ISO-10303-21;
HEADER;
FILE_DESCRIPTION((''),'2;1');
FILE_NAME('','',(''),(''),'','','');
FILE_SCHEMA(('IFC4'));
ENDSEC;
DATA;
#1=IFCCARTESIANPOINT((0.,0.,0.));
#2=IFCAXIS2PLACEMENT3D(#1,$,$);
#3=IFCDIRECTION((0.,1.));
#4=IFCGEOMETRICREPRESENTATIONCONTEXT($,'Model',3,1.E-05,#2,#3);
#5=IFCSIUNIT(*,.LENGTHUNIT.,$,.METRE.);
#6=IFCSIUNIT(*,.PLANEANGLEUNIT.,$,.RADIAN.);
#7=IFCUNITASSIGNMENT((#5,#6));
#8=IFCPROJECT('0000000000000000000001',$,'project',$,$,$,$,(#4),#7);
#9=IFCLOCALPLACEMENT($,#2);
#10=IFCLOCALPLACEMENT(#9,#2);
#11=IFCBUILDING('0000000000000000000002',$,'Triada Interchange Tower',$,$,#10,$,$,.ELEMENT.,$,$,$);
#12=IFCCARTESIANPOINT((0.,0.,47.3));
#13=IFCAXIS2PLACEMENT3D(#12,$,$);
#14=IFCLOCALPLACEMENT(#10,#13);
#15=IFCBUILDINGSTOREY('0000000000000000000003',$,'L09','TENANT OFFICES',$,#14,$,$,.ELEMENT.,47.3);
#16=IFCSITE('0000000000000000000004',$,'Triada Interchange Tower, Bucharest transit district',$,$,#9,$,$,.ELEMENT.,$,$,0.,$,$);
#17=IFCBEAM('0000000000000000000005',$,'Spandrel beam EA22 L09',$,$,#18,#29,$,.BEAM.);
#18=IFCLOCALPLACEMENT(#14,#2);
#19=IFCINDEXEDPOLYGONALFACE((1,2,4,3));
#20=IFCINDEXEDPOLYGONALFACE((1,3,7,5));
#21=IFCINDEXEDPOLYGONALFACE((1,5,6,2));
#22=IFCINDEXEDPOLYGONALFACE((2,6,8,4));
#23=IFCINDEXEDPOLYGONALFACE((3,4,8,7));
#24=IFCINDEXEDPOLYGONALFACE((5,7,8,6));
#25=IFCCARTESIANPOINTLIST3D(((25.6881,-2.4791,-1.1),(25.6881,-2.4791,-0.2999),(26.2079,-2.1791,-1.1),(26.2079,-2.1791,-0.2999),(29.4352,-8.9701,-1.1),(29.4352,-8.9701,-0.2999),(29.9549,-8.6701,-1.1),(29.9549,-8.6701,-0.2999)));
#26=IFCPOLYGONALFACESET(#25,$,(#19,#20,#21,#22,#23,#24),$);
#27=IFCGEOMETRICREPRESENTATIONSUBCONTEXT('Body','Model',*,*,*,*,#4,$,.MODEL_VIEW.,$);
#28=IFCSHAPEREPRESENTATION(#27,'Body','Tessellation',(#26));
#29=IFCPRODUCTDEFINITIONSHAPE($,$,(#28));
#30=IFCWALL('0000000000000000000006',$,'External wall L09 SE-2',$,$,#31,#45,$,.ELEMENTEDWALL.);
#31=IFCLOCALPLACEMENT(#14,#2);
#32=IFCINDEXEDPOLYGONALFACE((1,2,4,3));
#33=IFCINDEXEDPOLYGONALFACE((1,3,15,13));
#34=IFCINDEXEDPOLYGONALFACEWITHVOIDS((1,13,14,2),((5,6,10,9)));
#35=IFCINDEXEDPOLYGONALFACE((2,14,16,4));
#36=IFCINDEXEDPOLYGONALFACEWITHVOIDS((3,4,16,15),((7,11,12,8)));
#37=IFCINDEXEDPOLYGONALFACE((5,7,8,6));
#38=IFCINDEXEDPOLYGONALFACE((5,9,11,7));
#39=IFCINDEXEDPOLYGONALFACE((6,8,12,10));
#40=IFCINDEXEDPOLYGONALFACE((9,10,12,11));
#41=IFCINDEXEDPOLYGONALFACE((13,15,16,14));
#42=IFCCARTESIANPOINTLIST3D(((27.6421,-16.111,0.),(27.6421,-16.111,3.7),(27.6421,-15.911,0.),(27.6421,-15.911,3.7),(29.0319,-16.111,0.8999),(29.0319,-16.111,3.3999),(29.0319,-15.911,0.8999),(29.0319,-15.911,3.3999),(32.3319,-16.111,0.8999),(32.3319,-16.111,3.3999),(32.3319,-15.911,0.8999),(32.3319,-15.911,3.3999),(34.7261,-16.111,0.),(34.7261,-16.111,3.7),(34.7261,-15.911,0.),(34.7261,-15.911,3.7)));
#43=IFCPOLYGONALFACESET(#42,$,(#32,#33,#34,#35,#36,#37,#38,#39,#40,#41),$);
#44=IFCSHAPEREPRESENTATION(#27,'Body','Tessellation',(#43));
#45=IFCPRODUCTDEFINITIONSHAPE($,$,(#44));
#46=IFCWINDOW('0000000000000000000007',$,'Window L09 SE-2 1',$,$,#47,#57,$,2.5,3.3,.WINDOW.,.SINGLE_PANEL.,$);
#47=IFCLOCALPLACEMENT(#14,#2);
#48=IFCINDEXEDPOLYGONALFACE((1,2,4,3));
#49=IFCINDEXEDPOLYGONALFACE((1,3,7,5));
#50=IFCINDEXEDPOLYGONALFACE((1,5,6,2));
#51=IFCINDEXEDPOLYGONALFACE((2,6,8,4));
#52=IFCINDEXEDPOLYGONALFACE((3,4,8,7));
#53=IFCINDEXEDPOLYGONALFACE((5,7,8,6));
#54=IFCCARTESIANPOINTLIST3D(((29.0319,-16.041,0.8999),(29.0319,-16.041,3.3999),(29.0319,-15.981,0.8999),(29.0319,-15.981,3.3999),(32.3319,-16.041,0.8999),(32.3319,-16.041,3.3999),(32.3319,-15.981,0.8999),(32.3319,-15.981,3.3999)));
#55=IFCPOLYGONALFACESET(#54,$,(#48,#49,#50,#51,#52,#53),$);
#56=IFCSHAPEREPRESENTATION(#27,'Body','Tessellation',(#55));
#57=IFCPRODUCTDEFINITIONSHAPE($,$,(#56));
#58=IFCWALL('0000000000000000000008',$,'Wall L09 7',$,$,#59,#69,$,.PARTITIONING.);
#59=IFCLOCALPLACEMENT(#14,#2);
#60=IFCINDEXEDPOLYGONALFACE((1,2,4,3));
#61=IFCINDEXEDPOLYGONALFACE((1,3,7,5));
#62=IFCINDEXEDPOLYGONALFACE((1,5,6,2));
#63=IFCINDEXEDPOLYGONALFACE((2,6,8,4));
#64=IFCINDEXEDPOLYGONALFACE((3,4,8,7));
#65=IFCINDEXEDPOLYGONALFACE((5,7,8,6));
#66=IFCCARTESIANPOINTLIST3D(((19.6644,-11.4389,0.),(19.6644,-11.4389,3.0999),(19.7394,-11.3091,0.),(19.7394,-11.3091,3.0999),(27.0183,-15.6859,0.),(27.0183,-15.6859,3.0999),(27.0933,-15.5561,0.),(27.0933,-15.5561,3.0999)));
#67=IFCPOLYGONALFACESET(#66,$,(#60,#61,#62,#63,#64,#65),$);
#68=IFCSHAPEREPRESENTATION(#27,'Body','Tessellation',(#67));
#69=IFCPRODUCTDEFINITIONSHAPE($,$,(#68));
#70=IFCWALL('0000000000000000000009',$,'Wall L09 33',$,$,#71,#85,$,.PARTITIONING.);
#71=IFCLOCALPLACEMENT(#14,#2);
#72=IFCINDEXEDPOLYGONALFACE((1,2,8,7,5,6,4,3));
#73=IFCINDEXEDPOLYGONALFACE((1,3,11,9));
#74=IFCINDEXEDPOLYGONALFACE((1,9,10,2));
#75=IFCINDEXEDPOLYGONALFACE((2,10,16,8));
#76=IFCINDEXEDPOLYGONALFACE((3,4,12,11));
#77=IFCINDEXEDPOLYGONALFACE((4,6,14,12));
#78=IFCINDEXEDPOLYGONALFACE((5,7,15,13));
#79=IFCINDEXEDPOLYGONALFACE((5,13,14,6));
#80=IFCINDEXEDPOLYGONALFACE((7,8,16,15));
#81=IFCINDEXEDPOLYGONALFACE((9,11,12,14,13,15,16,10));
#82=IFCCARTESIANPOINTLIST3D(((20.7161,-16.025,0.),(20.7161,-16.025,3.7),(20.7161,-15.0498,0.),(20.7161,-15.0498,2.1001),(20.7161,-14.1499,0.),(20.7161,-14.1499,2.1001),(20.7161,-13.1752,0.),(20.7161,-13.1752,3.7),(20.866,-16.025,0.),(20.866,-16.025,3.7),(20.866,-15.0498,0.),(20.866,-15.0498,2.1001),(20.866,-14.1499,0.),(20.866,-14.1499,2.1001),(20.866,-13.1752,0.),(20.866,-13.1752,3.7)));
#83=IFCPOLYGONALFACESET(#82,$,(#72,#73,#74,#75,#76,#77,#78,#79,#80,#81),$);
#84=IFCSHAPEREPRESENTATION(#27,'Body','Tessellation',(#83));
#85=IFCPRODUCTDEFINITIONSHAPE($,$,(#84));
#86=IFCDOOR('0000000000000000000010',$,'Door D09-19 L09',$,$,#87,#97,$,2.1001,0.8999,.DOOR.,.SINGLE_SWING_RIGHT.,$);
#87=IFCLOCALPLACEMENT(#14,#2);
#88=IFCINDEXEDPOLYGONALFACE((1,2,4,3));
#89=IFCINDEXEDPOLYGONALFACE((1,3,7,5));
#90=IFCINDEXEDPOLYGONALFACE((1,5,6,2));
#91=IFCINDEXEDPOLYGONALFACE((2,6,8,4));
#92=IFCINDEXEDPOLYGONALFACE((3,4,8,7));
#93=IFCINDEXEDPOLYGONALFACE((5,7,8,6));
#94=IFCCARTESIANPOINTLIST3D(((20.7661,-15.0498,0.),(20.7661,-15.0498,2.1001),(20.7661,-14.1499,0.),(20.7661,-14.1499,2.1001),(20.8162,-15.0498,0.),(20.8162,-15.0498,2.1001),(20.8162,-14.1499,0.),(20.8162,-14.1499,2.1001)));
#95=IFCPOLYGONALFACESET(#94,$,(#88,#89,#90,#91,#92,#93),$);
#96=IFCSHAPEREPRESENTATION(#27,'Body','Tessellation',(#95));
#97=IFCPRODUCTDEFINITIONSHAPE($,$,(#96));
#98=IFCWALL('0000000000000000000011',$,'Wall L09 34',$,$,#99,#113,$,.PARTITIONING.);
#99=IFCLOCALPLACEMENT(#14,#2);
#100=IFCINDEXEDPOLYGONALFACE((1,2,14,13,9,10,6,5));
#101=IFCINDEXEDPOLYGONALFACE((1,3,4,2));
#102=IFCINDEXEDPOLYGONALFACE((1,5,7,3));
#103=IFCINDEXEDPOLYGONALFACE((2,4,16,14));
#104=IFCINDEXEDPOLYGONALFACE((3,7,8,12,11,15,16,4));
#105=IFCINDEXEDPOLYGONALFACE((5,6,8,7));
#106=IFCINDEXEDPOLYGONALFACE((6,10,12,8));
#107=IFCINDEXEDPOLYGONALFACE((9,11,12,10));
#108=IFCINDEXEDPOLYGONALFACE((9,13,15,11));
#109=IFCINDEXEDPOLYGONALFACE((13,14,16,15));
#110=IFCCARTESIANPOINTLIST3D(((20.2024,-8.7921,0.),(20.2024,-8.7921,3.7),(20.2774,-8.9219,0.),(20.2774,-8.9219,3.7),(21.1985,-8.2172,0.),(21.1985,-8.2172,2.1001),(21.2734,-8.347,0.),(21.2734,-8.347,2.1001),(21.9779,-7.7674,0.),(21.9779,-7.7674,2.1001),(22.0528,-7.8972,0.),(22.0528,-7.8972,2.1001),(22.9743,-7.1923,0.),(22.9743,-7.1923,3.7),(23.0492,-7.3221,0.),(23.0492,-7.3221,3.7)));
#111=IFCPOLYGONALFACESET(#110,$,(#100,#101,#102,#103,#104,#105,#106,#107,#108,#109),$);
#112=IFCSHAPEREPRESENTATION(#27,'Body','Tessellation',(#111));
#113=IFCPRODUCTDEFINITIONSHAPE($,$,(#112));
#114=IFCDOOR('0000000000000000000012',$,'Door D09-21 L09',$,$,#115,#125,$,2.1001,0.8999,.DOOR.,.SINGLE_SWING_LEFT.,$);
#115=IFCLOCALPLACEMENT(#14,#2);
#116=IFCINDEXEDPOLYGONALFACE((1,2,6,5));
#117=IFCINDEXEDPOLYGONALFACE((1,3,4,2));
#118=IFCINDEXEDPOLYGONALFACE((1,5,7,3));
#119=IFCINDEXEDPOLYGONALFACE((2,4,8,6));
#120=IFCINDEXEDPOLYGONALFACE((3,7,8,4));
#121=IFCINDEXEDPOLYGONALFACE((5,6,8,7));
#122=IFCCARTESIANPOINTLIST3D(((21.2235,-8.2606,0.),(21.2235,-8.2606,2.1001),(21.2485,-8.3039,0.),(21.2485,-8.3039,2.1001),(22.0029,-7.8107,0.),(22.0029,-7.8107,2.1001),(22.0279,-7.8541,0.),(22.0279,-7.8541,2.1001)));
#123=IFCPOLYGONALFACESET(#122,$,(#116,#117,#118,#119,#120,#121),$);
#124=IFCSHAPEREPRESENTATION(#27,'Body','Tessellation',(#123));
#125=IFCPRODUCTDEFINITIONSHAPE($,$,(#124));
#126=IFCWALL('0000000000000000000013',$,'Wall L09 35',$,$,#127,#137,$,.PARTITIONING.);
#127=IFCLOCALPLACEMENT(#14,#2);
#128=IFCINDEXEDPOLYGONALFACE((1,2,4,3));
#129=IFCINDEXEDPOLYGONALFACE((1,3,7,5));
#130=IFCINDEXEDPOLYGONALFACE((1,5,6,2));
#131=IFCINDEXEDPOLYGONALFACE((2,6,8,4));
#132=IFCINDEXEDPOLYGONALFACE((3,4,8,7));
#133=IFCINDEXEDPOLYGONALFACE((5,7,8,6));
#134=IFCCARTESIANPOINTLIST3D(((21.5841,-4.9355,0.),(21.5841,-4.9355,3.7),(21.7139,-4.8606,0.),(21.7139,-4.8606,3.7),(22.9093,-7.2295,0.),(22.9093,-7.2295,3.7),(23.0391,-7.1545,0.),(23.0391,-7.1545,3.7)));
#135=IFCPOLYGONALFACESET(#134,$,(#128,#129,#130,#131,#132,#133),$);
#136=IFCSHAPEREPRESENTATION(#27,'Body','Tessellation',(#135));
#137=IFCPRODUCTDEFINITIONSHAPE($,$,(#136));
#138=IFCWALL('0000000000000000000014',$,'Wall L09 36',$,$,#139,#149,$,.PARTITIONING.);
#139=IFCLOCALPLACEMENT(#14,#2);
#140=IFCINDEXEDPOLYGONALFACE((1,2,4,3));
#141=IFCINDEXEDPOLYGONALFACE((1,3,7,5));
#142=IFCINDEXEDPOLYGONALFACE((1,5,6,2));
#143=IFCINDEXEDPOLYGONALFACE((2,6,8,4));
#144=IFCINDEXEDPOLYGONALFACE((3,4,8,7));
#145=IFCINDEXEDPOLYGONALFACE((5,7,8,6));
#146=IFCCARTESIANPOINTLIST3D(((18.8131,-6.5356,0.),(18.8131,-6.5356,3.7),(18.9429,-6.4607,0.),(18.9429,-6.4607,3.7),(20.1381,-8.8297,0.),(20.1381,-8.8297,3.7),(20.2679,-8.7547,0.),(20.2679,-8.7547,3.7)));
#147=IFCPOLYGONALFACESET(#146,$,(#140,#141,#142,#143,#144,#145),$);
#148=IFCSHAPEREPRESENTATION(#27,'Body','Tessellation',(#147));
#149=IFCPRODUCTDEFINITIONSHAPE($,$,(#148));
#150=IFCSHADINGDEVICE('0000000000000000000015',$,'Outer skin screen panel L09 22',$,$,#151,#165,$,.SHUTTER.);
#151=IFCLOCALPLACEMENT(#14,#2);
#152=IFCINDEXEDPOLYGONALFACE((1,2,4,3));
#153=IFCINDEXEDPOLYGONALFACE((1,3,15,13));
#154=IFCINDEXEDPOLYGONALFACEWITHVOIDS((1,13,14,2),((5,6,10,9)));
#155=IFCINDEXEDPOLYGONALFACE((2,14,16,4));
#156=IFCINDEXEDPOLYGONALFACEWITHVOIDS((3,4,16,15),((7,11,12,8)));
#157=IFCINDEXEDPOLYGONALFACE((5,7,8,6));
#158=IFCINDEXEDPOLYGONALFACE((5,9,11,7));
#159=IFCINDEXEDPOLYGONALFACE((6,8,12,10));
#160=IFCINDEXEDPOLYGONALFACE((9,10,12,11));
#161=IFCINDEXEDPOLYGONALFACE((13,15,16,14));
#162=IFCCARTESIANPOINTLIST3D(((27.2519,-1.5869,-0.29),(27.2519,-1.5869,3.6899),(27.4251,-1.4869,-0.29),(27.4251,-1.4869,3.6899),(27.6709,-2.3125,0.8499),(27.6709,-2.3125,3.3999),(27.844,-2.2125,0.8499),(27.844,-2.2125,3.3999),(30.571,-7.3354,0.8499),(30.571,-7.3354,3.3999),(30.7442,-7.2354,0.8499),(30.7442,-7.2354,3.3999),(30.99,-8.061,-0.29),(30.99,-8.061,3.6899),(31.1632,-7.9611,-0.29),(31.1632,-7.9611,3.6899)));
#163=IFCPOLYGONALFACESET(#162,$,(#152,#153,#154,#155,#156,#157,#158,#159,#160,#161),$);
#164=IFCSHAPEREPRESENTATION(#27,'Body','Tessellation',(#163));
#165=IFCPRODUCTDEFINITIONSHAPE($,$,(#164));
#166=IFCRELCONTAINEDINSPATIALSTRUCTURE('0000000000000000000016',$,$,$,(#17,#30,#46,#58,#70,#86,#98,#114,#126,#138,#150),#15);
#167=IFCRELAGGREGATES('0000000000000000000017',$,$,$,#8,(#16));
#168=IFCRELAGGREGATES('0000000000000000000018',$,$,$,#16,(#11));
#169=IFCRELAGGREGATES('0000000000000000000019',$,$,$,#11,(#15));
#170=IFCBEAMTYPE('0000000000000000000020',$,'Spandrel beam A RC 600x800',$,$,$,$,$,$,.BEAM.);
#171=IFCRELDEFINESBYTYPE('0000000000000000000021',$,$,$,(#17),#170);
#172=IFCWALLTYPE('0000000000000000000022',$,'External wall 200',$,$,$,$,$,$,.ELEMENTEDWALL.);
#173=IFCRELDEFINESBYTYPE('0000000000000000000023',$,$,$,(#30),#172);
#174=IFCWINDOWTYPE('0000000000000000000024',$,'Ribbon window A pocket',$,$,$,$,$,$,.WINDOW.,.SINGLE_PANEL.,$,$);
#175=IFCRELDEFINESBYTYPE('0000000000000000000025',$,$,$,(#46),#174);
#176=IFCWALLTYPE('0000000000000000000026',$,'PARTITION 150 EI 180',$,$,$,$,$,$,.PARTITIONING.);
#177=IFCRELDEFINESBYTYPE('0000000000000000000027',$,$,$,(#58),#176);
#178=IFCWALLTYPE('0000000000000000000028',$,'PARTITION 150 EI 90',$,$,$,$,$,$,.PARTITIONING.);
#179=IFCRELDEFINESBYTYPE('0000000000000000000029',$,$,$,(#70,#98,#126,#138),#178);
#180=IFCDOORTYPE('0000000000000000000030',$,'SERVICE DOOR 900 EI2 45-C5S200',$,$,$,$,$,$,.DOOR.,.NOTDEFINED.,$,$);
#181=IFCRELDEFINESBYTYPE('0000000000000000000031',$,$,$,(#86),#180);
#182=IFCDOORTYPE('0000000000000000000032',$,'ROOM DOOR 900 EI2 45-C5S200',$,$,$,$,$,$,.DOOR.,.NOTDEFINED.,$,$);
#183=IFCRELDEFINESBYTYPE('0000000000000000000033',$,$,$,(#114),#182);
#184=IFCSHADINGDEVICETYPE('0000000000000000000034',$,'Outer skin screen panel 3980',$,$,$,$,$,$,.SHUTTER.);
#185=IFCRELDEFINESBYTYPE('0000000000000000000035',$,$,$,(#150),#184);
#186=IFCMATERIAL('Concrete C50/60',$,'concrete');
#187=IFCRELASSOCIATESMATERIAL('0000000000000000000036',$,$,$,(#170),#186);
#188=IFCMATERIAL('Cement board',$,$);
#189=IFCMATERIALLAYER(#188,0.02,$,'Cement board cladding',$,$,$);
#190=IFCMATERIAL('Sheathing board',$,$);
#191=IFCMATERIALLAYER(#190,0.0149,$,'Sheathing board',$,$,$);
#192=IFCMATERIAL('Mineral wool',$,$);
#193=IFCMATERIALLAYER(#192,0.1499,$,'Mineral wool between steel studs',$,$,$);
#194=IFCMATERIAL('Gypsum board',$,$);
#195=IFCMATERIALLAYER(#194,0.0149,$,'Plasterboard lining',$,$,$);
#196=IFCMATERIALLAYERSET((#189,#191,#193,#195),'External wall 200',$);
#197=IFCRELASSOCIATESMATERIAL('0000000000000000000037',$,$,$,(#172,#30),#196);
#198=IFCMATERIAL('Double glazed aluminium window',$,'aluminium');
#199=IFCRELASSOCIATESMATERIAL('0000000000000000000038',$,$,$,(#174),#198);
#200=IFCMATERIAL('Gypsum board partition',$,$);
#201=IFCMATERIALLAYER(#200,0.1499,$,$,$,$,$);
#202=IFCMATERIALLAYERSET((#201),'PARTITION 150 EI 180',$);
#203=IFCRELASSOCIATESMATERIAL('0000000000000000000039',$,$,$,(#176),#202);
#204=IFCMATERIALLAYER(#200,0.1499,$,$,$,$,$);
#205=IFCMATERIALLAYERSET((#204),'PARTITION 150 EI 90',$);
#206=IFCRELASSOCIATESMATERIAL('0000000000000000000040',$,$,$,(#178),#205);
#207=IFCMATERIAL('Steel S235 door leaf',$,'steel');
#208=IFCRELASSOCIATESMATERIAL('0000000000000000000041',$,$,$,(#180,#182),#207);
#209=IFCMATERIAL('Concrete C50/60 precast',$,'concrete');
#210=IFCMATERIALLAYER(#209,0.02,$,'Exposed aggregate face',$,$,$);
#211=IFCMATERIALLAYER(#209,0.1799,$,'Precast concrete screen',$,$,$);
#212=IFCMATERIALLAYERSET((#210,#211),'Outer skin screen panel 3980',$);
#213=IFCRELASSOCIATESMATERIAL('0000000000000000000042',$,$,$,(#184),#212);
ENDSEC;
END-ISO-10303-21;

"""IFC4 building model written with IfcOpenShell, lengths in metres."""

from ifc_helpers import new_model, si_unit, direction, frame, frame_2d, origin, origin_2d, place, context, subcontext, project, spatial, polyline, rectangle, outline, extrude, material, layer, layer_set, layer_usage, material_profile, profile_set, type_object, element, fill, save


model = new_model("IFC4")

# Units and contexts
model_context = context("Model", 3, precision=1e-05, world=origin(), true_north=direction((0.0, 1.0)))
body_context = subcontext(model_context, "Body", "Model", "MODEL_VIEW")
ifc_project = project(units=[si_unit("LENGTHUNIT", "METRE"), si_unit("PLANEANGLEUNIT", "RADIAN")], contexts=[model_context])

# Site, building, storey
site_placement = place(None, origin())
site = spatial("IfcSite", under=ifc_project, at=site_placement, Name="Triada Interchange Tower, Bucharest transit district", CompositionType="ELEMENT", RefElevation=0.0)
building_placement = place(site_placement, origin())
building = spatial("IfcBuilding", under=site, at=building_placement, Name="Triada Interchange Tower", CompositionType="ELEMENT")
storey_placement = place(building_placement, frame((0.0, 0.0, 47.3)))
storey = spatial("IfcBuildingStorey", under=building, at=storey_placement, Name="L09", Description="TENANT OFFICES", CompositionType="ELEMENT", Elevation=47.3)

# Beam
ifc_material_1 = material(Name="Concrete C50/60", Category="concrete")
ifc_material_profile_1 = material_profile(ifc_material_1, rectangle(XDim=0.6001, YDim=0.8, at=origin_2d()), Name="RC 600x800")
ifc_profile_set_1 = profile_set([ifc_material_profile_1], Name="Concrete C50/60")
beam_type_1 = type_object("IfcBeamType", Name="Spandrel beam A RC 600x800", PredefinedType="BEAM", material=ifc_profile_set_1)
beam_1_placement = place(storey_placement, frame((29.6951, -8.8201, -0.7), z_axis=(-0.499951, 0.866054, 0.0), x_axis=(-0.866054, -0.499951, 0.0)))
element("IfcBeam", 1, at=beam_1_placement, inside=storey, type_object=beam_type_1, Name="Spandrel beam EA22 L09", PredefinedType="BEAM", context=body_context, shape_type="SweptSolid", body=[
    extrude(rectangle(XDim=0.6001, YDim=0.8, at=origin_2d()), origin(), (0.0, 0.0, 1.0), 7.4949),
])

# Wall, opening, window
ifc_material_2 = material(Name="Cement board")
ifc_layer_1 = layer(ifc_material_2, 0.02, Name="Cement board cladding")
ifc_material_3 = material(Name="Sheathing board")
ifc_layer_2 = layer(ifc_material_3, 0.0149, Name="Sheathing board")
ifc_material_4 = material(Name="Mineral wool")
ifc_layer_3 = layer(ifc_material_4, 0.1499, Name="Mineral wool between steel studs")
ifc_material_5 = material(Name="Gypsum board")
ifc_layer_4 = layer(ifc_material_5, 0.0149, Name="Plasterboard lining")
ifc_layer_set_1 = layer_set([ifc_layer_1, ifc_layer_2, ifc_layer_3, ifc_layer_4], Name="External wall 200")
ifc_layer_usage = layer_usage(ifc_layer_set_1, "AXIS2", "POSITIVE", -0.1001)
wall_type_1 = type_object("IfcWallType", Name="External wall 200", PredefinedType="ELEMENTEDWALL", material=ifc_layer_set_1)
wall_1_placement = place(storey_placement, frame((27.6421, -16.011, 0.0), z_axis=(0.0, 0.0, 1.0), x_axis=(1.0, 0.0, 0.0)))
wall_1 = element("IfcWall", 2, at=wall_1_placement, inside=storey, type_object=wall_type_1, material=ifc_layer_usage, Name="External wall L09 SE-2", PredefinedType="ELEMENTEDWALL", context=body_context, shape_type="SweptSolid", body=[
    extrude(rectangle(XDim=7.084, YDim=0.2, at=frame_2d((3.542, 0.0))), origin(), (0.0, 0.0, 1.0), 3.7),
])
opening_1_placement = place(wall_1_placement, frame((1.3899, 0.0, 0.8999)))
opening_1 = element("IfcOpeningElement", 3, at=opening_1_placement, cuts=wall_1, PredefinedType="OPENING", context=body_context, shape_type="SweptSolid", body=[
    extrude(rectangle(XDim=3.3, YDim=2.5, at=frame_2d((1.6499, 1.25))), frame((0.0, 0.1099, 0.0), z_axis=(0.0, -1.0, 0.0), x_axis=(1.0, 0.0, 0.0)), (0.0, 0.0, 1.0), 0.22),
])
ifc_material_6 = material(Name="Double glazed aluminium window", Category="aluminium")
window_type = type_object("IfcWindowType", Name="Ribbon window A pocket", PartitioningType="SINGLE_PANEL", PredefinedType="WINDOW", material=ifc_material_6)
window_placement = place(opening_1_placement, origin())
window = element("IfcWindow", 4, at=window_placement, inside=storey, type_object=window_type, Name="Window L09 SE-2 1", OverallHeight=2.5, OverallWidth=3.3, PartitioningType="SINGLE_PANEL", PredefinedType="WINDOW", context=body_context, shape_type="SweptSolid", body=[
    extrude(rectangle(XDim=3.3, YDim=2.5, at=frame_2d((1.6499, 1.25))), frame((0.0, 0.03, 0.0), z_axis=(0.0, -1.0, 0.0), x_axis=(1.0, 0.0, 0.0)), (0.0, 0.0, 1.0), 0.0601),
])
fill(opening_1, window)

# Wall
ifc_material_7 = material(Name="Gypsum board partition")
ifc_layer_5 = layer(ifc_material_7, 0.1499)
ifc_layer_set_2 = layer_set([ifc_layer_5], Name="PARTITION 150 EI 180")
wall_type_2 = type_object("IfcWallType", Name="PARTITION 150 EI 180", PredefinedType="PARTITIONING", material=ifc_layer_set_2)
wall_2_placement = place(storey_placement, frame((19.7019, -11.374, 0.0), z_axis=(0.0, 0.0, 1.0), x_axis=(0.865962, -0.500109, 0.0)))
element("IfcWall", 5, at=wall_2_placement, inside=storey, type_object=wall_type_2, Name="Wall L09 7", PredefinedType="PARTITIONING", context=body_context, shape_type="SweptSolid", body=[
    extrude(rectangle(XDim=8.4922, YDim=0.1499, at=frame_2d((4.2461, 0.0))), origin(), (0.0, 0.0, 1.0), 3.0999),
])

# Walls, openings, doors
ifc_layer_6 = layer(ifc_material_7, 0.1499)
ifc_layer_set_3 = layer_set([ifc_layer_6], Name="PARTITION 150 EI 90")
wall_type_3 = type_object("IfcWallType", Name="PARTITION 150 EI 90", PredefinedType="PARTITIONING", material=ifc_layer_set_3)
wall_3_placement = place(storey_placement, frame((20.791, -16.0249, 0.0), z_axis=(0.0, 0.0, 1.0), x_axis=(0.0, 1.0, 0.0)))
wall_3 = element("IfcWall", 6, at=wall_3_placement, inside=storey, type_object=wall_type_3, Name="Wall L09 33", PredefinedType="PARTITIONING", context=body_context, shape_type="SweptSolid", body=[
    extrude(rectangle(XDim=2.8499, YDim=0.1499, at=frame_2d((1.4248, 0.0))), origin(), (0.0, 0.0, 1.0), 3.7),
])
opening_2_placement = place(wall_3_placement, frame((0.9751, 0.0, 0.0)))
opening_2 = element("IfcOpeningElement", 7, at=opening_2_placement, cuts=wall_3, PredefinedType="OPENING", context=body_context, shape_type="SweptSolid", body=[
    extrude(rectangle(XDim=0.8999, YDim=2.1001, at=frame_2d((0.45, 1.05))), frame((0.0, 0.085, 0.0), z_axis=(0.0, -1.0, 0.0), x_axis=(1.0, 0.0, 0.0)), (0.0, 0.0, 1.0), 0.1699),
])
ifc_material_8 = material(Name="Steel S235 door leaf", Category="steel")
door_type_1 = type_object("IfcDoorType", Name="SERVICE DOOR 900 EI2 45-C5S200", OperationType="NOTDEFINED", PredefinedType="DOOR", material=ifc_material_8)
door_1_placement = place(opening_2_placement, origin())
door_1 = element("IfcDoor", 8, at=door_1_placement, inside=storey, type_object=door_type_1, Name="Door D09-19 L09", OperationType="SINGLE_SWING_RIGHT", OverallHeight=2.1001, OverallWidth=0.8999, PredefinedType="DOOR", context=body_context, shape_type="SweptSolid", body=[
    extrude(rectangle(XDim=0.8999, YDim=2.1001, at=frame_2d((0.45, 1.05))), frame((0.0, 0.0249, 0.0), z_axis=(0.0, -1.0, 0.0), x_axis=(1.0, 0.0, 0.0)), (0.0, 0.0, 1.0), 0.05),
])
fill(opening_2, door_1)
wall_4_placement = place(storey_placement, frame((20.24, -8.8569, 0.0), z_axis=(0.0, 0.0, 1.0), x_axis=(0.866099, 0.499872, 0.0)))
wall_4 = element("IfcWall", 9, at=wall_4_placement, inside=storey, type_object=wall_type_3, Name="Wall L09 34", PredefinedType="PARTITIONING", context=body_context, shape_type="SweptSolid", body=[
    extrude(rectangle(XDim=3.2004, YDim=0.1499, at=frame_2d((1.6001, 0.0))), origin(), (0.0, 0.0, 1.0), 3.7),
])
opening_3_placement = place(wall_4_placement, frame((1.1499, 0.0, 0.0)))
opening_3 = element("IfcOpeningElement", 10, at=opening_3_placement, cuts=wall_4, PredefinedType="OPENING", context=body_context, shape_type="SweptSolid", body=[
    extrude(rectangle(XDim=0.8999, YDim=2.1001, at=frame_2d((0.45, 1.05))), frame((0.0, 0.085, 0.0), z_axis=(0.0, -1.0, 0.0), x_axis=(1.0, 0.0, 0.0)), (0.0, 0.0, 1.0), 0.1699),
])
door_type_2 = type_object("IfcDoorType", Name="ROOM DOOR 900 EI2 45-C5S200", OperationType="NOTDEFINED", PredefinedType="DOOR", material=ifc_material_8)
door_2_placement = place(opening_3_placement, origin())
door_2 = element("IfcDoor", 11, at=door_2_placement, inside=storey, type_object=door_type_2, Name="Door D09-21 L09", OperationType="SINGLE_SWING_LEFT", OverallHeight=2.1001, OverallWidth=0.8999, PredefinedType="DOOR", context=body_context, shape_type="SweptSolid", body=[
    extrude(rectangle(XDim=0.8999, YDim=2.1001, at=frame_2d((0.45, 1.05))), frame((0.0, 0.0249, 0.0), z_axis=(0.0, -1.0, 0.0), x_axis=(1.0, 0.0, 0.0)), (0.0, 0.0, 1.0), 0.05),
])
fill(opening_3, door_2)

# Walls
for number, where, z_axis, x_axis, name in (
    (12, (21.6489, -4.8979, 0.0), (0.0, 0.0, 1.0), (0.500222, -0.865897, 0.0), "Wall L09 35"),
    (13, (18.8779, -6.498, 0.0), (0.0, 0.0, 1.0), (0.500153, -0.865937, 0.0), "Wall L09 36"),
):
    element("IfcWall", number, at=place(storey_placement, frame(where, z_axis=z_axis, x_axis=x_axis)), inside=storey, type_object=wall_type_3, Name=name, PredefinedType="PARTITIONING", context=body_context, shape_type="SweptSolid", body=[
        extrude(rectangle(XDim=2.6492, YDim=0.1499, at=frame_2d((1.3247, 0.0))), origin(), (0.0, 0.0, 1.0), 3.7),
    ])

# Shading device
ifc_material_9 = material(Name="Concrete C50/60 precast", Category="concrete")
ifc_layer_7 = layer(ifc_material_9, 0.02, Name="Exposed aggregate face")
ifc_layer_8 = layer(ifc_material_9, 0.1799, Name="Precast concrete screen")
ifc_layer_set_4 = layer_set([ifc_layer_7, ifc_layer_8], Name="Outer skin screen panel 3980")
shading_device_type = type_object("IfcShadingDeviceType", Name="Outer skin screen panel 3980", PredefinedType="SHUTTER", material=ifc_layer_set_4)
shading_device_placement = place(storey_placement, frame((30.99, -8.061, -0.29), z_axis=(0.0, 0.0, 1.0), x_axis=(-0.50002, 0.866014, 0.0)))
element("IfcShadingDevice", 14, at=shading_device_placement, inside=storey, type_object=shading_device_type, Name="Outer skin screen panel L09 22", PredefinedType="SHUTTER", context=body_context, shape_type="SweptSolid", body=[
    extrude(outline(polyline([(0.0, 0.0), (7.4758, 0.0), (7.4758, 3.98), (0.0, 3.98), (0.0, 0.0)]), holes=[polyline([(0.8379, 1.1399), (0.8379, 3.6899), (6.6379, 3.6899), (6.6379, 1.1399), (0.8379, 1.1399)])]), frame((0.0, 0.0, 0.0), z_axis=(0.0, -1.0, 0.0), x_axis=(1.0, 0.0, 0.0)), (0.0, 0.0, 1.0), 0.2),
])

save(model, "model.ifc")
